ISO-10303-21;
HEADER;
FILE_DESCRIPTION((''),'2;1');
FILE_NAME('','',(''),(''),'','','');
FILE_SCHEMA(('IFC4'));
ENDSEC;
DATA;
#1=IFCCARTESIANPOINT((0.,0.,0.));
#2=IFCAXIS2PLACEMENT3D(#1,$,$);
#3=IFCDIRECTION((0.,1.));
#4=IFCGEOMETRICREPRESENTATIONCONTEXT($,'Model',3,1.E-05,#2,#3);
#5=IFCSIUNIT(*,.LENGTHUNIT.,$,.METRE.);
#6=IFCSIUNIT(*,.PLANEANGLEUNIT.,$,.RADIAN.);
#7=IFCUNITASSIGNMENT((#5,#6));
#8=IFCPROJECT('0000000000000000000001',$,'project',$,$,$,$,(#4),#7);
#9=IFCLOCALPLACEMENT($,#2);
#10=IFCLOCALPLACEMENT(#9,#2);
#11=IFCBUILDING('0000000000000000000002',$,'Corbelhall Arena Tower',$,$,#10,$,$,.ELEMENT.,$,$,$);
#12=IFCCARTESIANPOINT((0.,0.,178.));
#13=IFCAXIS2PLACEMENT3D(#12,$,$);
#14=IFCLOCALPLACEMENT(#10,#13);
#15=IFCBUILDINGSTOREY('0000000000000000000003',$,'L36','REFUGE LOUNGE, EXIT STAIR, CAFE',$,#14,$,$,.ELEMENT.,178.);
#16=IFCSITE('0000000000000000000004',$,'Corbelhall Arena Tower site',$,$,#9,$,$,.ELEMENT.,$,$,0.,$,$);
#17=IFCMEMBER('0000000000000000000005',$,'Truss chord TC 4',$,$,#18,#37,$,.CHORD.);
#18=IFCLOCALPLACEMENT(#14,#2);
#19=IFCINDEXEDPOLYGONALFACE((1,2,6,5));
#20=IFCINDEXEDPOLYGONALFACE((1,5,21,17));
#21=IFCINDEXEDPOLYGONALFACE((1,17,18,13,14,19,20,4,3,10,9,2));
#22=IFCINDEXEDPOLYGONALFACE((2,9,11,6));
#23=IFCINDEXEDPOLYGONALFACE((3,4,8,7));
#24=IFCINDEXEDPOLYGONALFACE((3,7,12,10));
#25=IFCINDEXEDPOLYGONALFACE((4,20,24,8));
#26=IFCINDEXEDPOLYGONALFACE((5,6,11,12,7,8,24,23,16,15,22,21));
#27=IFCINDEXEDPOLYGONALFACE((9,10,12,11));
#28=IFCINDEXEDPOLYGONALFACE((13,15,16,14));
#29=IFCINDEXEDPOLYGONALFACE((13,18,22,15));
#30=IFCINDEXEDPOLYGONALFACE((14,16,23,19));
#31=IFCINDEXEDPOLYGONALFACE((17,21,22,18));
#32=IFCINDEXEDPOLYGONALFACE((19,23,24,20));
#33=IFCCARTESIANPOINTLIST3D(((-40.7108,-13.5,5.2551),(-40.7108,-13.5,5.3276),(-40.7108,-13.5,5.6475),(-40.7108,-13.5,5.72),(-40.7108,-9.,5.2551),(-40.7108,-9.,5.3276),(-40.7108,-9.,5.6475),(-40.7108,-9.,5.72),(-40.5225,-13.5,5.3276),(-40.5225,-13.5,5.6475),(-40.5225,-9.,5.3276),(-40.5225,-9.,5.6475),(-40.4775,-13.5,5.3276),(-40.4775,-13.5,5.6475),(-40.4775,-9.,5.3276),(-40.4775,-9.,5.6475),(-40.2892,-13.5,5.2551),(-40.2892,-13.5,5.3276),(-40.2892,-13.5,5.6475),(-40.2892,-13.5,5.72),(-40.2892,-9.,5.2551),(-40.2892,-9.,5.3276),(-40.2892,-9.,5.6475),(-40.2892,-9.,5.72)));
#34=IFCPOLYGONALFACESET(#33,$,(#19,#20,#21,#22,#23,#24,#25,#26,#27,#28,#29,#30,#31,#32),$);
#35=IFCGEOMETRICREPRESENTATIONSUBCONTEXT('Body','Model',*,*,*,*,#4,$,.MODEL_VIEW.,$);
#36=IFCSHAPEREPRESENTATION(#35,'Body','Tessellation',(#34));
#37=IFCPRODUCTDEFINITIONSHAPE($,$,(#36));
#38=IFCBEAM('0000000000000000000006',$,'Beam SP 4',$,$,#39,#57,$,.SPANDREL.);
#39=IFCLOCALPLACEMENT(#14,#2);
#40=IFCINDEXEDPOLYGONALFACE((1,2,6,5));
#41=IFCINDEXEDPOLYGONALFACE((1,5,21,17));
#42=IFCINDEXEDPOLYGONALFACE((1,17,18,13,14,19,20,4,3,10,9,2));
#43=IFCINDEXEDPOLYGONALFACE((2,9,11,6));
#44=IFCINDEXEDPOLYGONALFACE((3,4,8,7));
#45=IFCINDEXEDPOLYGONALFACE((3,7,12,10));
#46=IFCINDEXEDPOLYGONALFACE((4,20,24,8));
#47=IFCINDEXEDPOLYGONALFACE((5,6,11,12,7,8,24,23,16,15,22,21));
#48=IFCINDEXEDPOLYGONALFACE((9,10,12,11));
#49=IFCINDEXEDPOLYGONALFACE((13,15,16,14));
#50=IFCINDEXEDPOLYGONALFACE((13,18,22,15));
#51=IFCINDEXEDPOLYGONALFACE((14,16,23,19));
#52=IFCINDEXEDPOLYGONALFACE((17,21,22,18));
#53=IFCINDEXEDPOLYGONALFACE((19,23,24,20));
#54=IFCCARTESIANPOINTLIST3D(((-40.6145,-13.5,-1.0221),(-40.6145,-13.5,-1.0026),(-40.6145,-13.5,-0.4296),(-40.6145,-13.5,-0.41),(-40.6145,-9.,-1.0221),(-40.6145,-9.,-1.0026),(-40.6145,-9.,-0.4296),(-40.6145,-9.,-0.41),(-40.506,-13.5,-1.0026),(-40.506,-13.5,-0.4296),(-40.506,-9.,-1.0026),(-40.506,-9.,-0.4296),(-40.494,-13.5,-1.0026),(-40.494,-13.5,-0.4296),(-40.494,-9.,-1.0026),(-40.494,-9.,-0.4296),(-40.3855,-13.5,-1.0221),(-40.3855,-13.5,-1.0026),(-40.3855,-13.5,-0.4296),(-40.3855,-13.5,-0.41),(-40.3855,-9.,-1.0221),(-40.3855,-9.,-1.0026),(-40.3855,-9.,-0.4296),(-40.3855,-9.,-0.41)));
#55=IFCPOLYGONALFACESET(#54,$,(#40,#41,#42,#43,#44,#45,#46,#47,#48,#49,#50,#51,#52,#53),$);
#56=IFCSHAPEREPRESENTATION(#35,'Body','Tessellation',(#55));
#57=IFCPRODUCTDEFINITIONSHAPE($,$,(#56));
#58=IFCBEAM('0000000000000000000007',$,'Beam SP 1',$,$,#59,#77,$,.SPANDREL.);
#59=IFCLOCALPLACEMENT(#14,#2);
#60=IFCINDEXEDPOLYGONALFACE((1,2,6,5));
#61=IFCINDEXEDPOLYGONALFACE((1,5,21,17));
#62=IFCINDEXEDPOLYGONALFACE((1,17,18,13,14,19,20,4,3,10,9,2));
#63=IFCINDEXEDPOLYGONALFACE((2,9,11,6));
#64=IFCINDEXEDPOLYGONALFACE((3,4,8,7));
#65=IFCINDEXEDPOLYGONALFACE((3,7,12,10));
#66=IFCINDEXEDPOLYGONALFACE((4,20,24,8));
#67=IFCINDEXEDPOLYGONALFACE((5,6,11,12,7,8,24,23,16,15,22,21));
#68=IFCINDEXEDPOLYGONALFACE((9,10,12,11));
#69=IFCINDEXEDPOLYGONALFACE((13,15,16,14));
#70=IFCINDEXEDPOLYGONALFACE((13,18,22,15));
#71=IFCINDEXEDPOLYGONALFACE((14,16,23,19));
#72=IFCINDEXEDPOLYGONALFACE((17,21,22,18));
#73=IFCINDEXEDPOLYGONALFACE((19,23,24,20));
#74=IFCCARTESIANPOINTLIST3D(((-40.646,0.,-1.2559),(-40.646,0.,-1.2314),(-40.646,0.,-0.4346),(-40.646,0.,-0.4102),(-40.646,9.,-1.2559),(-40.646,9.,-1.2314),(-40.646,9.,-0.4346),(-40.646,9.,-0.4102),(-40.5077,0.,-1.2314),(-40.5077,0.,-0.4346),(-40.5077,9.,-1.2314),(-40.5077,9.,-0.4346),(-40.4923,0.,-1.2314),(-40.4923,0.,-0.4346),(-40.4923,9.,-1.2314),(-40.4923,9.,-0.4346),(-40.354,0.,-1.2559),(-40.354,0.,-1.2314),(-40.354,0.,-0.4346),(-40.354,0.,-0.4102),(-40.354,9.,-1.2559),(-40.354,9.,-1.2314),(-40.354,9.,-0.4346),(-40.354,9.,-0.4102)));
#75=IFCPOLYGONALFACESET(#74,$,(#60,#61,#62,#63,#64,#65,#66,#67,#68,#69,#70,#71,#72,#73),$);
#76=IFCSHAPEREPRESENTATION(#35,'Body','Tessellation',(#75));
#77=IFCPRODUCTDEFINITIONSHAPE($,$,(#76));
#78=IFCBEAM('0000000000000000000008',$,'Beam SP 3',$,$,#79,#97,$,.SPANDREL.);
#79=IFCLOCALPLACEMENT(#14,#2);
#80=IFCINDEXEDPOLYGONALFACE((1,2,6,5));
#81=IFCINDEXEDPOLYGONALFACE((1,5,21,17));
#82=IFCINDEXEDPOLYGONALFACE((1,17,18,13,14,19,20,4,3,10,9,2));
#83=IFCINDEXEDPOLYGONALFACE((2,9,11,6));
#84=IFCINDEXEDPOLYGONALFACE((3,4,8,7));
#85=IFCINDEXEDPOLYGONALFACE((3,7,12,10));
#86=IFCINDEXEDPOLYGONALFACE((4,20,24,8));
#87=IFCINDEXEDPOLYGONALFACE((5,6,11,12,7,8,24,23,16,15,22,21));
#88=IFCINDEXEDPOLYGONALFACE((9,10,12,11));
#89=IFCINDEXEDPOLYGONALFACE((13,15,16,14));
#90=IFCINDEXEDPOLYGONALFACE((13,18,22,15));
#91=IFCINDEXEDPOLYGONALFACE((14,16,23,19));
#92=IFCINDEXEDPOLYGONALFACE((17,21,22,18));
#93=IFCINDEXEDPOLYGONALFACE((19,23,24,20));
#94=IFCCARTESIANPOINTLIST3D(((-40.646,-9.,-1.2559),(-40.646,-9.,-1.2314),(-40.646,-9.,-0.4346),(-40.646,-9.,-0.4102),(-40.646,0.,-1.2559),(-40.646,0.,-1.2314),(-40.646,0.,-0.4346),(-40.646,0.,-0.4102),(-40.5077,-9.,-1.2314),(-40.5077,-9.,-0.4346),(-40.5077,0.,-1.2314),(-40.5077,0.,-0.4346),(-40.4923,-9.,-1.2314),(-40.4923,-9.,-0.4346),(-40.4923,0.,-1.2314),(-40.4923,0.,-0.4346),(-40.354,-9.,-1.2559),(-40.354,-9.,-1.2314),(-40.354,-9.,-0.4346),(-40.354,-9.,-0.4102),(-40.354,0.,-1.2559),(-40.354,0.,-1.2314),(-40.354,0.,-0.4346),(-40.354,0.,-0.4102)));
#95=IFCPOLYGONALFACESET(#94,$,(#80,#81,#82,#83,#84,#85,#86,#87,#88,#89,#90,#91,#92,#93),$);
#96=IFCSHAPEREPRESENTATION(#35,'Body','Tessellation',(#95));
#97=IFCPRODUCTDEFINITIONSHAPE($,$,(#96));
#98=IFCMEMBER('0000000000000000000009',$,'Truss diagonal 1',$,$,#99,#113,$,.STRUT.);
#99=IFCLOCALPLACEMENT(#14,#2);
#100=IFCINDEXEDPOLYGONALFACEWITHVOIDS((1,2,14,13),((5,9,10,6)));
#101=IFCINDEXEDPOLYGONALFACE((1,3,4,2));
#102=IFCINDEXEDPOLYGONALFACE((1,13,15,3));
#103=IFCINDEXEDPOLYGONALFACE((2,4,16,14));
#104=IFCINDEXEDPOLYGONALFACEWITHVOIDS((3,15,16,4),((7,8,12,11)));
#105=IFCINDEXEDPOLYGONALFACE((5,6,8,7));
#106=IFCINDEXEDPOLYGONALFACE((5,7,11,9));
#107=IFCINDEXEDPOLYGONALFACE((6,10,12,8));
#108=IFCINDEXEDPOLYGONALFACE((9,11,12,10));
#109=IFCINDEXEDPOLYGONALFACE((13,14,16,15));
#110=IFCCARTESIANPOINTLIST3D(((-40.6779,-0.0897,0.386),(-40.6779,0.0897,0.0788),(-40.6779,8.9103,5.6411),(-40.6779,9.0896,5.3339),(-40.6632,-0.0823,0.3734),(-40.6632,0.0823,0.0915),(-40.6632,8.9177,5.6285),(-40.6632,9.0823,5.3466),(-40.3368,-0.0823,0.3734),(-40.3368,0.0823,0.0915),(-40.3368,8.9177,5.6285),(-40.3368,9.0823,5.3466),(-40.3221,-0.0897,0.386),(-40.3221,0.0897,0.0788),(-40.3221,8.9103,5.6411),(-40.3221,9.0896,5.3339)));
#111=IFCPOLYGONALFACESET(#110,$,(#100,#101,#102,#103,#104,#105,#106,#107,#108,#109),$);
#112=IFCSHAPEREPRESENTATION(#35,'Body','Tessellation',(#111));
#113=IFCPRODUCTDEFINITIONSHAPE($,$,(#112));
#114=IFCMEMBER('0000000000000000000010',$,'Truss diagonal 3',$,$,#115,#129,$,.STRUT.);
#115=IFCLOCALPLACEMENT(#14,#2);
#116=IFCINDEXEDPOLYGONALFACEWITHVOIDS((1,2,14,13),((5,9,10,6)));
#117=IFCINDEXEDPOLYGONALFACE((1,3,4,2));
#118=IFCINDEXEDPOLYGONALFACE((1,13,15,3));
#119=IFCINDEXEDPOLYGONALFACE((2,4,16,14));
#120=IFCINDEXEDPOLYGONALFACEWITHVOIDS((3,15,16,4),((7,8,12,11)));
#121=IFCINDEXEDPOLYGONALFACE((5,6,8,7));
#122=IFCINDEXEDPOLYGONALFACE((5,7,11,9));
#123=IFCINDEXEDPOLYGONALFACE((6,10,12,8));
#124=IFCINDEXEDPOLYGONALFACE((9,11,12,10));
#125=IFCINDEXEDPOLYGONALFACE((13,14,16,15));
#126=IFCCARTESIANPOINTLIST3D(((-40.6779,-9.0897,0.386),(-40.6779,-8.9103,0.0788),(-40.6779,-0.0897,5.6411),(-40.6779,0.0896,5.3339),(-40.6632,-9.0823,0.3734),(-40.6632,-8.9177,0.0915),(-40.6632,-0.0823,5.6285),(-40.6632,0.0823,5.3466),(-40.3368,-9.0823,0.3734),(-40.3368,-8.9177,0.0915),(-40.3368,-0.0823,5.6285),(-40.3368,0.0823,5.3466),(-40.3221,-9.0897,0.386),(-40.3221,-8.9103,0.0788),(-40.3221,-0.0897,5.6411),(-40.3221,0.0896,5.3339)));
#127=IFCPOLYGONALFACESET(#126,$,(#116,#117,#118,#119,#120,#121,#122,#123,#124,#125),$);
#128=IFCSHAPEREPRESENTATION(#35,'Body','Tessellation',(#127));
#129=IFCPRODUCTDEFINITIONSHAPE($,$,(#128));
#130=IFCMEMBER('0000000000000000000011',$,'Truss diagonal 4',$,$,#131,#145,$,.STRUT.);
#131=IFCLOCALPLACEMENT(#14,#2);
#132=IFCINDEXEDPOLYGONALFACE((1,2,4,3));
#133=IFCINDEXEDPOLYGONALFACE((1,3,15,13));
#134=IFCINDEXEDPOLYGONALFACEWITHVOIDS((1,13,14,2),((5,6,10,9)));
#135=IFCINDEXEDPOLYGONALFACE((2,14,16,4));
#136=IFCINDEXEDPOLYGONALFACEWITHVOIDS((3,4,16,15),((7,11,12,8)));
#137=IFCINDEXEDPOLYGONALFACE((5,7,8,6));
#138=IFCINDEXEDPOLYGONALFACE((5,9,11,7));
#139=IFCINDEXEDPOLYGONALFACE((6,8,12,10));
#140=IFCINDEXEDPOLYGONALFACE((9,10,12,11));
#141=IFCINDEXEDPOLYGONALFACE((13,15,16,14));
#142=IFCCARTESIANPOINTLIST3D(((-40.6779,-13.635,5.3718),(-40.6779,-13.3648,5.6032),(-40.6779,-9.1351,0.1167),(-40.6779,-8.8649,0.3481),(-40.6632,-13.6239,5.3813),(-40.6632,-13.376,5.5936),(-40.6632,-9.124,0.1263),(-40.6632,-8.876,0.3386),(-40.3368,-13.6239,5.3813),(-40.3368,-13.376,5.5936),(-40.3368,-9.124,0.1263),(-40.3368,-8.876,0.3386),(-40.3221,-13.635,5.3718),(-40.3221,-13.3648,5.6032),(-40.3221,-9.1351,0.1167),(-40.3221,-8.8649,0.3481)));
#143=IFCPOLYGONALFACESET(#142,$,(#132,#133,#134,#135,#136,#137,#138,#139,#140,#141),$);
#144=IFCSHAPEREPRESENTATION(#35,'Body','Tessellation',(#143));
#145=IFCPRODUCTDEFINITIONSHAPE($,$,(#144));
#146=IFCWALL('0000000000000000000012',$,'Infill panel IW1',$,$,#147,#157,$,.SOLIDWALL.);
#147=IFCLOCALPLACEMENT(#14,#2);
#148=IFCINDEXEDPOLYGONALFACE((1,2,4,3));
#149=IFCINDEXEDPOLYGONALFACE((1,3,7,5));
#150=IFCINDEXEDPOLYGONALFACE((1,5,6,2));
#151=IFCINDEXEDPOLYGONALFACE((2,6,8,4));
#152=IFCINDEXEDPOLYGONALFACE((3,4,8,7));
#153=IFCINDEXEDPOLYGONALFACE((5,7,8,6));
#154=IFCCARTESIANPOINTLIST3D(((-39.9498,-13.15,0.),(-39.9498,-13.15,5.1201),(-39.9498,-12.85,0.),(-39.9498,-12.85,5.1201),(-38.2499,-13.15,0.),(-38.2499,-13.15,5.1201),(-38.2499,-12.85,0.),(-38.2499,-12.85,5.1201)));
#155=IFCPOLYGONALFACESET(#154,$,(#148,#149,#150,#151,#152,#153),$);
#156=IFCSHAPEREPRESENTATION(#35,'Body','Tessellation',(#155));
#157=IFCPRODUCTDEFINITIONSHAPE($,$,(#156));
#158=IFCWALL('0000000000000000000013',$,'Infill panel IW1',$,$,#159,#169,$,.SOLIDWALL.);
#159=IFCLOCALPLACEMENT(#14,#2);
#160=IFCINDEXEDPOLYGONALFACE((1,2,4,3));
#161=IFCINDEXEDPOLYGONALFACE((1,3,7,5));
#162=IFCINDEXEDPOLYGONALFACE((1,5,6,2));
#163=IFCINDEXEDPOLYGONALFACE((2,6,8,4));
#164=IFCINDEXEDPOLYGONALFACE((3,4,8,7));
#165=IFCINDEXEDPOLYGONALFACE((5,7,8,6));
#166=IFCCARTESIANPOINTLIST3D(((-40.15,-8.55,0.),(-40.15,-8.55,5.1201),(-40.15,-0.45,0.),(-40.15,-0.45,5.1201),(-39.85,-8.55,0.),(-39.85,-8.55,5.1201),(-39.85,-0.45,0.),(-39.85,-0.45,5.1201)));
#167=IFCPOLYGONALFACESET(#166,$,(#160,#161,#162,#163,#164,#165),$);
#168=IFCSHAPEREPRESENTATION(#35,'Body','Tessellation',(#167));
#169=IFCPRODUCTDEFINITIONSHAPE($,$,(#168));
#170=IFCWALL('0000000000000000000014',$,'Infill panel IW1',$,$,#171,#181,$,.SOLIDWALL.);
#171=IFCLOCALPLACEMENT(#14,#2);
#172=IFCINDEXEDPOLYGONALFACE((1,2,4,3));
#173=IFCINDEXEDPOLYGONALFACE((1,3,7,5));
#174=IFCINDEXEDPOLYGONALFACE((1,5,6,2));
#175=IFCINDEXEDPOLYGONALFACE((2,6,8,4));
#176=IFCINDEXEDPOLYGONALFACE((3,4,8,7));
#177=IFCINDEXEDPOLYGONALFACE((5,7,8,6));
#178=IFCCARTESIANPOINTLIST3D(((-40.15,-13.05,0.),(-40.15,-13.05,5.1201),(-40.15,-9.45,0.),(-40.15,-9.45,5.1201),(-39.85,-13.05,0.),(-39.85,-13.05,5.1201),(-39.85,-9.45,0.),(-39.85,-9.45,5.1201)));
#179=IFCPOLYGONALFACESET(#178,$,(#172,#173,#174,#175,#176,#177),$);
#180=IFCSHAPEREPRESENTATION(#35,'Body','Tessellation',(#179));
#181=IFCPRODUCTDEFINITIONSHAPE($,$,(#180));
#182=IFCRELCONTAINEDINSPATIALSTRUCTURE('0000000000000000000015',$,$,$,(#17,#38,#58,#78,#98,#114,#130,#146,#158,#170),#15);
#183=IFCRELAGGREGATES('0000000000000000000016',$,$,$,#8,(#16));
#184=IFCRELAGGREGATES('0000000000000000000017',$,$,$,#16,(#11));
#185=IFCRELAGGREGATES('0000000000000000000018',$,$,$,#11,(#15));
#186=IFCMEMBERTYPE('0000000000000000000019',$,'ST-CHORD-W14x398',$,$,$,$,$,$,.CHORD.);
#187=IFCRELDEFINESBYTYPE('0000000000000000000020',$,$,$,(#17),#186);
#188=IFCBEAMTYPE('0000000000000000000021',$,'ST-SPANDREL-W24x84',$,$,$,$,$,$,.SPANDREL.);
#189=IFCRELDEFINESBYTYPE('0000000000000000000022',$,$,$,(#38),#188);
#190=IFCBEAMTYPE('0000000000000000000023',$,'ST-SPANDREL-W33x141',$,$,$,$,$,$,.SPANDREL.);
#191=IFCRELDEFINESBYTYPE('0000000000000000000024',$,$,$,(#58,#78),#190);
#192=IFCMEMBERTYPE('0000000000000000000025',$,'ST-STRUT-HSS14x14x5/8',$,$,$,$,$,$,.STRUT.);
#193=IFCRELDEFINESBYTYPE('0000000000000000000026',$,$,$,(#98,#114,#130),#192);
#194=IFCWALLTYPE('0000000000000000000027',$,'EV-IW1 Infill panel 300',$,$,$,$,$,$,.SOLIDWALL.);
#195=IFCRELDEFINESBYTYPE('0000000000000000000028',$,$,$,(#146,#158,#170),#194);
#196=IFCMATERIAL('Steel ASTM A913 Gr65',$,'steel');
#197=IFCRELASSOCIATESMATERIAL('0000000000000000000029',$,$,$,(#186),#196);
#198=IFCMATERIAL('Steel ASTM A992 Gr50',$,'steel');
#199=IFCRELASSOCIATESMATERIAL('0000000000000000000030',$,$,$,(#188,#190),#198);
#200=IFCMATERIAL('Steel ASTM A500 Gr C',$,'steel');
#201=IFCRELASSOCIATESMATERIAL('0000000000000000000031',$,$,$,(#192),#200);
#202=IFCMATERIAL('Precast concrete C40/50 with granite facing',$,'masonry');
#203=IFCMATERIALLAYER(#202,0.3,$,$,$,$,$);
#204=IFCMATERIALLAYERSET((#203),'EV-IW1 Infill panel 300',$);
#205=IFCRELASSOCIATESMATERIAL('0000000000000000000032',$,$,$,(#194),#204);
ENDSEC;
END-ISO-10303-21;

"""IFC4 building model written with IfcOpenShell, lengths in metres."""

from ifc_helpers import new_model, si_unit, direction, frame, frame_2d, origin, origin_2d, place, context, subcontext, project, spatial, rectangle, hollow_rectangle, i_section, extrude, material, layer, layer_set, material_profile, profile_set, type_object, element, save


model = new_model("IFC4")

# Units and contexts
model_context = context("Model", 3, precision=1e-05, world=origin(), true_north=direction((0.0, 1.0)))
body_context = subcontext(model_context, "Body", "Model", "MODEL_VIEW")
ifc_project = project(units=[si_unit("LENGTHUNIT", "METRE"), si_unit("PLANEANGLEUNIT", "RADIAN")], contexts=[model_context])

# Site, building, storey
site_placement = place(None, origin())
site = spatial("IfcSite", under=ifc_project, at=site_placement, Name="Corbelhall Arena Tower site", CompositionType="ELEMENT", RefElevation=0.0)
building_placement = place(site_placement, origin())
building = spatial("IfcBuilding", under=site, at=building_placement, Name="Corbelhall Arena Tower", CompositionType="ELEMENT")
storey_placement = place(building_placement, frame((0.0, 0.0, 178.0)))
storey = spatial("IfcBuildingStorey", under=building, at=storey_placement, Name="L36", Description="REFUGE LOUNGE, EXIT STAIR, CAFE", CompositionType="ELEMENT", Elevation=178.0)

# Member
ifc_material_1 = material(Name="Steel ASTM A913 Gr65", Category="steel")
ifc_material_profile_1 = material_profile(ifc_material_1, i_section(OverallWidth=0.4216, OverallDepth=0.4648, WebThickness=0.0449, FlangeThickness=0.0725, at=origin_2d()))
ifc_profile_set_1 = profile_set([ifc_material_profile_1], Name="Steel ASTM A913 Gr65")
member_type_1 = type_object("IfcMemberType", Name="ST-CHORD-W14x398", PredefinedType="CHORD", material=ifc_profile_set_1)
for number, where, z_axis, x_axis, name in (
    (1, (-40.5, -13.5, 5.4875), (0.0, 1.0, 0.0), (-1.0, 0.0, 0.0), "Truss chord TC 4"),
):
    element("IfcMember", number, at=place(storey_placement, frame(where, z_axis=z_axis, x_axis=x_axis)), inside=storey, type_object=member_type_1, Name=name, PredefinedType="CHORD", context=body_context, shape_type="SweptSolid", body=[
        extrude(i_section(OverallWidth=0.4216, OverallDepth=0.4648, WebThickness=0.0449, FlangeThickness=0.0725, at=origin_2d()), origin(), (0.0, 0.0, 1.0), 4.5),
    ])

# Beams
ifc_material_2 = material(Name="Steel ASTM A992 Gr50", Category="steel")
ifc_material_profile_2 = material_profile(ifc_material_2, i_section(OverallWidth=0.229, OverallDepth=0.6121, WebThickness=0.012, FlangeThickness=0.0195, at=origin_2d()))
ifc_profile_set_2 = profile_set([ifc_material_profile_2], Name="Steel ASTM A992 Gr50")
beam_type_1 = type_object("IfcBeamType", Name="ST-SPANDREL-W24x84", PredefinedType="SPANDREL", material=ifc_profile_set_2)
beam_placement = place(storey_placement, frame((-40.5, -13.5, -0.7161), z_axis=(0.0, 1.0, 0.0), x_axis=(-1.0, 0.0, 0.0)))
element("IfcBeam", 2, at=beam_placement, inside=storey, type_object=beam_type_1, Name="Beam SP 4", PredefinedType="SPANDREL", context=body_context, shape_type="SweptSolid", body=[
    extrude(i_section(OverallWidth=0.229, OverallDepth=0.6121, WebThickness=0.012, FlangeThickness=0.0195, at=origin_2d()), origin(), (0.0, 0.0, 1.0), 4.5),
])
ifc_material_profile_3 = material_profile(ifc_material_2, i_section(OverallWidth=0.292, OverallDepth=0.8457, WebThickness=0.0154, FlangeThickness=0.0244, at=origin_2d()))
ifc_profile_set_3 = profile_set([ifc_material_profile_3], Name="Steel ASTM A992 Gr50")
beam_type_2 = type_object("IfcBeamType", Name="ST-SPANDREL-W33x141", PredefinedType="SPANDREL", material=ifc_profile_set_3)
for number, where, z_axis, x_axis, name in (
    (3, (-40.5, 0.0, -0.833), (0.0, 1.0, 0.0), (-1.0, 0.0, 0.0), "Beam SP 1"),
    (4, (-40.5, -9.0, -0.833), (0.0, 1.0, 0.0), (-1.0, 0.0, 0.0), "Beam SP 3"),
):
    element("IfcBeam", number, at=place(storey_placement, frame(where, z_axis=z_axis, x_axis=x_axis)), inside=storey, type_object=beam_type_2, Name=name, PredefinedType="SPANDREL", context=body_context, shape_type="SweptSolid", body=[
        extrude(i_section(OverallWidth=0.292, OverallDepth=0.8457, WebThickness=0.0154, FlangeThickness=0.0244, at=origin_2d()), origin(), (0.0, 0.0, 1.0), 9.0),
    ])

# Members
ifc_material_3 = material(Name="Steel ASTM A500 Gr C", Category="steel")
ifc_material_profile_4 = material_profile(ifc_material_3, hollow_rectangle(XDim=0.3557, YDim=0.3557, WallThickness=0.0146, at=origin_2d()))
ifc_profile_set_4 = profile_set([ifc_material_profile_4], Name="Steel ASTM A500 Gr C")
member_type_2 = type_object("IfcMemberType", Name="ST-STRUT-HSS14x14x5/8", PredefinedType="STRUT", material=ifc_profile_set_4)
for number, where, z_axis, x_axis, name in (
    (5, (-40.5, 0.0, 0.2324), (0.0, 0.863565, 0.504238), (-1.0, 0.0, 0.0), "Truss diagonal 1"),
    (6, (-40.5, -9.0, 0.2324), (0.0, 0.863565, 0.504238), (-1.0, 0.0, 0.0), "Truss diagonal 3"),
):
    element("IfcMember", number, at=place(storey_placement, frame(where, z_axis=z_axis, x_axis=x_axis)), inside=storey, type_object=member_type_2, Name=name, PredefinedType="STRUT", context=body_context, shape_type="SweptSolid", body=[
        extrude(hollow_rectangle(XDim=0.3557, YDim=0.3557, WallThickness=0.0146, at=origin_2d()), origin(), (0.0, 0.0, 1.0), 10.4219),
    ])
member_placement = place(storey_placement, frame((-40.5, -9.0, 0.2324), z_axis=(0.0, -0.650425, 0.75957), x_axis=(1.0, 0.0, 0.0)))
element("IfcMember", 7, at=member_placement, inside=storey, type_object=member_type_2, Name="Truss diagonal 4", PredefinedType="STRUT", context=body_context, shape_type="SweptSolid", body=[
    extrude(hollow_rectangle(XDim=0.3557, YDim=0.3557, WallThickness=0.0146, at=origin_2d()), origin(), (0.0, 0.0, 1.0), 6.9185),
])

# Walls
ifc_material_4 = material(Name="Precast concrete C40/50 with granite facing", Category="masonry")
ifc_layer_1 = layer(ifc_material_4, 0.3)
ifc_layer_set_1 = layer_set([ifc_layer_1], Name="EV-IW1 Infill panel 300")
wall_type_1 = type_object("IfcWallType", Name="EV-IW1 Infill panel 300", PredefinedType="SOLIDWALL", material=ifc_layer_set_1)
wall_1_placement = place(storey_placement, frame((-39.95, -13.0, 0.0), z_axis=(0.0, 0.0, 1.0), x_axis=(1.0, 0.0, 0.0)))
element("IfcWall", 8, at=wall_1_placement, inside=storey, type_object=wall_type_1, Name="Infill panel IW1", PredefinedType="SOLIDWALL", context=body_context, shape_type="SweptSolid", body=[
    extrude(rectangle(XDim=1.7, YDim=0.3, at=frame_2d((0.8501, 0.0))), origin(), (0.0, 0.0, 1.0), 5.1201),
])
wall_2_placement = place(storey_placement, frame((-40.0, -0.45, 0.0), z_axis=(0.0, 0.0, 1.0), x_axis=(0.0, -1.0, 0.0)))
element("IfcWall", 9, at=wall_2_placement, inside=storey, type_object=wall_type_1, Name="Infill panel IW1", PredefinedType="SOLIDWALL", context=body_context, shape_type="SweptSolid", body=[
    extrude(rectangle(XDim=8.1001, YDim=0.3, at=frame_2d((4.05, 0.0))), origin(), (0.0, 0.0, 1.0), 5.1201),
])
wall_3_placement = place(storey_placement, frame((-40.0, -9.45, 0.0), z_axis=(0.0, 0.0, 1.0), x_axis=(0.0, -1.0, 0.0)))
element("IfcWall", 10, at=wall_3_placement, inside=storey, type_object=wall_type_1, Name="Infill panel IW1", PredefinedType="SOLIDWALL", context=body_context, shape_type="SweptSolid", body=[
    extrude(rectangle(XDim=3.6001, YDim=0.3, at=frame_2d((1.8, 0.0))), origin(), (0.0, 0.0, 1.0), 5.1201),
])

save(model, "model.ifc")
